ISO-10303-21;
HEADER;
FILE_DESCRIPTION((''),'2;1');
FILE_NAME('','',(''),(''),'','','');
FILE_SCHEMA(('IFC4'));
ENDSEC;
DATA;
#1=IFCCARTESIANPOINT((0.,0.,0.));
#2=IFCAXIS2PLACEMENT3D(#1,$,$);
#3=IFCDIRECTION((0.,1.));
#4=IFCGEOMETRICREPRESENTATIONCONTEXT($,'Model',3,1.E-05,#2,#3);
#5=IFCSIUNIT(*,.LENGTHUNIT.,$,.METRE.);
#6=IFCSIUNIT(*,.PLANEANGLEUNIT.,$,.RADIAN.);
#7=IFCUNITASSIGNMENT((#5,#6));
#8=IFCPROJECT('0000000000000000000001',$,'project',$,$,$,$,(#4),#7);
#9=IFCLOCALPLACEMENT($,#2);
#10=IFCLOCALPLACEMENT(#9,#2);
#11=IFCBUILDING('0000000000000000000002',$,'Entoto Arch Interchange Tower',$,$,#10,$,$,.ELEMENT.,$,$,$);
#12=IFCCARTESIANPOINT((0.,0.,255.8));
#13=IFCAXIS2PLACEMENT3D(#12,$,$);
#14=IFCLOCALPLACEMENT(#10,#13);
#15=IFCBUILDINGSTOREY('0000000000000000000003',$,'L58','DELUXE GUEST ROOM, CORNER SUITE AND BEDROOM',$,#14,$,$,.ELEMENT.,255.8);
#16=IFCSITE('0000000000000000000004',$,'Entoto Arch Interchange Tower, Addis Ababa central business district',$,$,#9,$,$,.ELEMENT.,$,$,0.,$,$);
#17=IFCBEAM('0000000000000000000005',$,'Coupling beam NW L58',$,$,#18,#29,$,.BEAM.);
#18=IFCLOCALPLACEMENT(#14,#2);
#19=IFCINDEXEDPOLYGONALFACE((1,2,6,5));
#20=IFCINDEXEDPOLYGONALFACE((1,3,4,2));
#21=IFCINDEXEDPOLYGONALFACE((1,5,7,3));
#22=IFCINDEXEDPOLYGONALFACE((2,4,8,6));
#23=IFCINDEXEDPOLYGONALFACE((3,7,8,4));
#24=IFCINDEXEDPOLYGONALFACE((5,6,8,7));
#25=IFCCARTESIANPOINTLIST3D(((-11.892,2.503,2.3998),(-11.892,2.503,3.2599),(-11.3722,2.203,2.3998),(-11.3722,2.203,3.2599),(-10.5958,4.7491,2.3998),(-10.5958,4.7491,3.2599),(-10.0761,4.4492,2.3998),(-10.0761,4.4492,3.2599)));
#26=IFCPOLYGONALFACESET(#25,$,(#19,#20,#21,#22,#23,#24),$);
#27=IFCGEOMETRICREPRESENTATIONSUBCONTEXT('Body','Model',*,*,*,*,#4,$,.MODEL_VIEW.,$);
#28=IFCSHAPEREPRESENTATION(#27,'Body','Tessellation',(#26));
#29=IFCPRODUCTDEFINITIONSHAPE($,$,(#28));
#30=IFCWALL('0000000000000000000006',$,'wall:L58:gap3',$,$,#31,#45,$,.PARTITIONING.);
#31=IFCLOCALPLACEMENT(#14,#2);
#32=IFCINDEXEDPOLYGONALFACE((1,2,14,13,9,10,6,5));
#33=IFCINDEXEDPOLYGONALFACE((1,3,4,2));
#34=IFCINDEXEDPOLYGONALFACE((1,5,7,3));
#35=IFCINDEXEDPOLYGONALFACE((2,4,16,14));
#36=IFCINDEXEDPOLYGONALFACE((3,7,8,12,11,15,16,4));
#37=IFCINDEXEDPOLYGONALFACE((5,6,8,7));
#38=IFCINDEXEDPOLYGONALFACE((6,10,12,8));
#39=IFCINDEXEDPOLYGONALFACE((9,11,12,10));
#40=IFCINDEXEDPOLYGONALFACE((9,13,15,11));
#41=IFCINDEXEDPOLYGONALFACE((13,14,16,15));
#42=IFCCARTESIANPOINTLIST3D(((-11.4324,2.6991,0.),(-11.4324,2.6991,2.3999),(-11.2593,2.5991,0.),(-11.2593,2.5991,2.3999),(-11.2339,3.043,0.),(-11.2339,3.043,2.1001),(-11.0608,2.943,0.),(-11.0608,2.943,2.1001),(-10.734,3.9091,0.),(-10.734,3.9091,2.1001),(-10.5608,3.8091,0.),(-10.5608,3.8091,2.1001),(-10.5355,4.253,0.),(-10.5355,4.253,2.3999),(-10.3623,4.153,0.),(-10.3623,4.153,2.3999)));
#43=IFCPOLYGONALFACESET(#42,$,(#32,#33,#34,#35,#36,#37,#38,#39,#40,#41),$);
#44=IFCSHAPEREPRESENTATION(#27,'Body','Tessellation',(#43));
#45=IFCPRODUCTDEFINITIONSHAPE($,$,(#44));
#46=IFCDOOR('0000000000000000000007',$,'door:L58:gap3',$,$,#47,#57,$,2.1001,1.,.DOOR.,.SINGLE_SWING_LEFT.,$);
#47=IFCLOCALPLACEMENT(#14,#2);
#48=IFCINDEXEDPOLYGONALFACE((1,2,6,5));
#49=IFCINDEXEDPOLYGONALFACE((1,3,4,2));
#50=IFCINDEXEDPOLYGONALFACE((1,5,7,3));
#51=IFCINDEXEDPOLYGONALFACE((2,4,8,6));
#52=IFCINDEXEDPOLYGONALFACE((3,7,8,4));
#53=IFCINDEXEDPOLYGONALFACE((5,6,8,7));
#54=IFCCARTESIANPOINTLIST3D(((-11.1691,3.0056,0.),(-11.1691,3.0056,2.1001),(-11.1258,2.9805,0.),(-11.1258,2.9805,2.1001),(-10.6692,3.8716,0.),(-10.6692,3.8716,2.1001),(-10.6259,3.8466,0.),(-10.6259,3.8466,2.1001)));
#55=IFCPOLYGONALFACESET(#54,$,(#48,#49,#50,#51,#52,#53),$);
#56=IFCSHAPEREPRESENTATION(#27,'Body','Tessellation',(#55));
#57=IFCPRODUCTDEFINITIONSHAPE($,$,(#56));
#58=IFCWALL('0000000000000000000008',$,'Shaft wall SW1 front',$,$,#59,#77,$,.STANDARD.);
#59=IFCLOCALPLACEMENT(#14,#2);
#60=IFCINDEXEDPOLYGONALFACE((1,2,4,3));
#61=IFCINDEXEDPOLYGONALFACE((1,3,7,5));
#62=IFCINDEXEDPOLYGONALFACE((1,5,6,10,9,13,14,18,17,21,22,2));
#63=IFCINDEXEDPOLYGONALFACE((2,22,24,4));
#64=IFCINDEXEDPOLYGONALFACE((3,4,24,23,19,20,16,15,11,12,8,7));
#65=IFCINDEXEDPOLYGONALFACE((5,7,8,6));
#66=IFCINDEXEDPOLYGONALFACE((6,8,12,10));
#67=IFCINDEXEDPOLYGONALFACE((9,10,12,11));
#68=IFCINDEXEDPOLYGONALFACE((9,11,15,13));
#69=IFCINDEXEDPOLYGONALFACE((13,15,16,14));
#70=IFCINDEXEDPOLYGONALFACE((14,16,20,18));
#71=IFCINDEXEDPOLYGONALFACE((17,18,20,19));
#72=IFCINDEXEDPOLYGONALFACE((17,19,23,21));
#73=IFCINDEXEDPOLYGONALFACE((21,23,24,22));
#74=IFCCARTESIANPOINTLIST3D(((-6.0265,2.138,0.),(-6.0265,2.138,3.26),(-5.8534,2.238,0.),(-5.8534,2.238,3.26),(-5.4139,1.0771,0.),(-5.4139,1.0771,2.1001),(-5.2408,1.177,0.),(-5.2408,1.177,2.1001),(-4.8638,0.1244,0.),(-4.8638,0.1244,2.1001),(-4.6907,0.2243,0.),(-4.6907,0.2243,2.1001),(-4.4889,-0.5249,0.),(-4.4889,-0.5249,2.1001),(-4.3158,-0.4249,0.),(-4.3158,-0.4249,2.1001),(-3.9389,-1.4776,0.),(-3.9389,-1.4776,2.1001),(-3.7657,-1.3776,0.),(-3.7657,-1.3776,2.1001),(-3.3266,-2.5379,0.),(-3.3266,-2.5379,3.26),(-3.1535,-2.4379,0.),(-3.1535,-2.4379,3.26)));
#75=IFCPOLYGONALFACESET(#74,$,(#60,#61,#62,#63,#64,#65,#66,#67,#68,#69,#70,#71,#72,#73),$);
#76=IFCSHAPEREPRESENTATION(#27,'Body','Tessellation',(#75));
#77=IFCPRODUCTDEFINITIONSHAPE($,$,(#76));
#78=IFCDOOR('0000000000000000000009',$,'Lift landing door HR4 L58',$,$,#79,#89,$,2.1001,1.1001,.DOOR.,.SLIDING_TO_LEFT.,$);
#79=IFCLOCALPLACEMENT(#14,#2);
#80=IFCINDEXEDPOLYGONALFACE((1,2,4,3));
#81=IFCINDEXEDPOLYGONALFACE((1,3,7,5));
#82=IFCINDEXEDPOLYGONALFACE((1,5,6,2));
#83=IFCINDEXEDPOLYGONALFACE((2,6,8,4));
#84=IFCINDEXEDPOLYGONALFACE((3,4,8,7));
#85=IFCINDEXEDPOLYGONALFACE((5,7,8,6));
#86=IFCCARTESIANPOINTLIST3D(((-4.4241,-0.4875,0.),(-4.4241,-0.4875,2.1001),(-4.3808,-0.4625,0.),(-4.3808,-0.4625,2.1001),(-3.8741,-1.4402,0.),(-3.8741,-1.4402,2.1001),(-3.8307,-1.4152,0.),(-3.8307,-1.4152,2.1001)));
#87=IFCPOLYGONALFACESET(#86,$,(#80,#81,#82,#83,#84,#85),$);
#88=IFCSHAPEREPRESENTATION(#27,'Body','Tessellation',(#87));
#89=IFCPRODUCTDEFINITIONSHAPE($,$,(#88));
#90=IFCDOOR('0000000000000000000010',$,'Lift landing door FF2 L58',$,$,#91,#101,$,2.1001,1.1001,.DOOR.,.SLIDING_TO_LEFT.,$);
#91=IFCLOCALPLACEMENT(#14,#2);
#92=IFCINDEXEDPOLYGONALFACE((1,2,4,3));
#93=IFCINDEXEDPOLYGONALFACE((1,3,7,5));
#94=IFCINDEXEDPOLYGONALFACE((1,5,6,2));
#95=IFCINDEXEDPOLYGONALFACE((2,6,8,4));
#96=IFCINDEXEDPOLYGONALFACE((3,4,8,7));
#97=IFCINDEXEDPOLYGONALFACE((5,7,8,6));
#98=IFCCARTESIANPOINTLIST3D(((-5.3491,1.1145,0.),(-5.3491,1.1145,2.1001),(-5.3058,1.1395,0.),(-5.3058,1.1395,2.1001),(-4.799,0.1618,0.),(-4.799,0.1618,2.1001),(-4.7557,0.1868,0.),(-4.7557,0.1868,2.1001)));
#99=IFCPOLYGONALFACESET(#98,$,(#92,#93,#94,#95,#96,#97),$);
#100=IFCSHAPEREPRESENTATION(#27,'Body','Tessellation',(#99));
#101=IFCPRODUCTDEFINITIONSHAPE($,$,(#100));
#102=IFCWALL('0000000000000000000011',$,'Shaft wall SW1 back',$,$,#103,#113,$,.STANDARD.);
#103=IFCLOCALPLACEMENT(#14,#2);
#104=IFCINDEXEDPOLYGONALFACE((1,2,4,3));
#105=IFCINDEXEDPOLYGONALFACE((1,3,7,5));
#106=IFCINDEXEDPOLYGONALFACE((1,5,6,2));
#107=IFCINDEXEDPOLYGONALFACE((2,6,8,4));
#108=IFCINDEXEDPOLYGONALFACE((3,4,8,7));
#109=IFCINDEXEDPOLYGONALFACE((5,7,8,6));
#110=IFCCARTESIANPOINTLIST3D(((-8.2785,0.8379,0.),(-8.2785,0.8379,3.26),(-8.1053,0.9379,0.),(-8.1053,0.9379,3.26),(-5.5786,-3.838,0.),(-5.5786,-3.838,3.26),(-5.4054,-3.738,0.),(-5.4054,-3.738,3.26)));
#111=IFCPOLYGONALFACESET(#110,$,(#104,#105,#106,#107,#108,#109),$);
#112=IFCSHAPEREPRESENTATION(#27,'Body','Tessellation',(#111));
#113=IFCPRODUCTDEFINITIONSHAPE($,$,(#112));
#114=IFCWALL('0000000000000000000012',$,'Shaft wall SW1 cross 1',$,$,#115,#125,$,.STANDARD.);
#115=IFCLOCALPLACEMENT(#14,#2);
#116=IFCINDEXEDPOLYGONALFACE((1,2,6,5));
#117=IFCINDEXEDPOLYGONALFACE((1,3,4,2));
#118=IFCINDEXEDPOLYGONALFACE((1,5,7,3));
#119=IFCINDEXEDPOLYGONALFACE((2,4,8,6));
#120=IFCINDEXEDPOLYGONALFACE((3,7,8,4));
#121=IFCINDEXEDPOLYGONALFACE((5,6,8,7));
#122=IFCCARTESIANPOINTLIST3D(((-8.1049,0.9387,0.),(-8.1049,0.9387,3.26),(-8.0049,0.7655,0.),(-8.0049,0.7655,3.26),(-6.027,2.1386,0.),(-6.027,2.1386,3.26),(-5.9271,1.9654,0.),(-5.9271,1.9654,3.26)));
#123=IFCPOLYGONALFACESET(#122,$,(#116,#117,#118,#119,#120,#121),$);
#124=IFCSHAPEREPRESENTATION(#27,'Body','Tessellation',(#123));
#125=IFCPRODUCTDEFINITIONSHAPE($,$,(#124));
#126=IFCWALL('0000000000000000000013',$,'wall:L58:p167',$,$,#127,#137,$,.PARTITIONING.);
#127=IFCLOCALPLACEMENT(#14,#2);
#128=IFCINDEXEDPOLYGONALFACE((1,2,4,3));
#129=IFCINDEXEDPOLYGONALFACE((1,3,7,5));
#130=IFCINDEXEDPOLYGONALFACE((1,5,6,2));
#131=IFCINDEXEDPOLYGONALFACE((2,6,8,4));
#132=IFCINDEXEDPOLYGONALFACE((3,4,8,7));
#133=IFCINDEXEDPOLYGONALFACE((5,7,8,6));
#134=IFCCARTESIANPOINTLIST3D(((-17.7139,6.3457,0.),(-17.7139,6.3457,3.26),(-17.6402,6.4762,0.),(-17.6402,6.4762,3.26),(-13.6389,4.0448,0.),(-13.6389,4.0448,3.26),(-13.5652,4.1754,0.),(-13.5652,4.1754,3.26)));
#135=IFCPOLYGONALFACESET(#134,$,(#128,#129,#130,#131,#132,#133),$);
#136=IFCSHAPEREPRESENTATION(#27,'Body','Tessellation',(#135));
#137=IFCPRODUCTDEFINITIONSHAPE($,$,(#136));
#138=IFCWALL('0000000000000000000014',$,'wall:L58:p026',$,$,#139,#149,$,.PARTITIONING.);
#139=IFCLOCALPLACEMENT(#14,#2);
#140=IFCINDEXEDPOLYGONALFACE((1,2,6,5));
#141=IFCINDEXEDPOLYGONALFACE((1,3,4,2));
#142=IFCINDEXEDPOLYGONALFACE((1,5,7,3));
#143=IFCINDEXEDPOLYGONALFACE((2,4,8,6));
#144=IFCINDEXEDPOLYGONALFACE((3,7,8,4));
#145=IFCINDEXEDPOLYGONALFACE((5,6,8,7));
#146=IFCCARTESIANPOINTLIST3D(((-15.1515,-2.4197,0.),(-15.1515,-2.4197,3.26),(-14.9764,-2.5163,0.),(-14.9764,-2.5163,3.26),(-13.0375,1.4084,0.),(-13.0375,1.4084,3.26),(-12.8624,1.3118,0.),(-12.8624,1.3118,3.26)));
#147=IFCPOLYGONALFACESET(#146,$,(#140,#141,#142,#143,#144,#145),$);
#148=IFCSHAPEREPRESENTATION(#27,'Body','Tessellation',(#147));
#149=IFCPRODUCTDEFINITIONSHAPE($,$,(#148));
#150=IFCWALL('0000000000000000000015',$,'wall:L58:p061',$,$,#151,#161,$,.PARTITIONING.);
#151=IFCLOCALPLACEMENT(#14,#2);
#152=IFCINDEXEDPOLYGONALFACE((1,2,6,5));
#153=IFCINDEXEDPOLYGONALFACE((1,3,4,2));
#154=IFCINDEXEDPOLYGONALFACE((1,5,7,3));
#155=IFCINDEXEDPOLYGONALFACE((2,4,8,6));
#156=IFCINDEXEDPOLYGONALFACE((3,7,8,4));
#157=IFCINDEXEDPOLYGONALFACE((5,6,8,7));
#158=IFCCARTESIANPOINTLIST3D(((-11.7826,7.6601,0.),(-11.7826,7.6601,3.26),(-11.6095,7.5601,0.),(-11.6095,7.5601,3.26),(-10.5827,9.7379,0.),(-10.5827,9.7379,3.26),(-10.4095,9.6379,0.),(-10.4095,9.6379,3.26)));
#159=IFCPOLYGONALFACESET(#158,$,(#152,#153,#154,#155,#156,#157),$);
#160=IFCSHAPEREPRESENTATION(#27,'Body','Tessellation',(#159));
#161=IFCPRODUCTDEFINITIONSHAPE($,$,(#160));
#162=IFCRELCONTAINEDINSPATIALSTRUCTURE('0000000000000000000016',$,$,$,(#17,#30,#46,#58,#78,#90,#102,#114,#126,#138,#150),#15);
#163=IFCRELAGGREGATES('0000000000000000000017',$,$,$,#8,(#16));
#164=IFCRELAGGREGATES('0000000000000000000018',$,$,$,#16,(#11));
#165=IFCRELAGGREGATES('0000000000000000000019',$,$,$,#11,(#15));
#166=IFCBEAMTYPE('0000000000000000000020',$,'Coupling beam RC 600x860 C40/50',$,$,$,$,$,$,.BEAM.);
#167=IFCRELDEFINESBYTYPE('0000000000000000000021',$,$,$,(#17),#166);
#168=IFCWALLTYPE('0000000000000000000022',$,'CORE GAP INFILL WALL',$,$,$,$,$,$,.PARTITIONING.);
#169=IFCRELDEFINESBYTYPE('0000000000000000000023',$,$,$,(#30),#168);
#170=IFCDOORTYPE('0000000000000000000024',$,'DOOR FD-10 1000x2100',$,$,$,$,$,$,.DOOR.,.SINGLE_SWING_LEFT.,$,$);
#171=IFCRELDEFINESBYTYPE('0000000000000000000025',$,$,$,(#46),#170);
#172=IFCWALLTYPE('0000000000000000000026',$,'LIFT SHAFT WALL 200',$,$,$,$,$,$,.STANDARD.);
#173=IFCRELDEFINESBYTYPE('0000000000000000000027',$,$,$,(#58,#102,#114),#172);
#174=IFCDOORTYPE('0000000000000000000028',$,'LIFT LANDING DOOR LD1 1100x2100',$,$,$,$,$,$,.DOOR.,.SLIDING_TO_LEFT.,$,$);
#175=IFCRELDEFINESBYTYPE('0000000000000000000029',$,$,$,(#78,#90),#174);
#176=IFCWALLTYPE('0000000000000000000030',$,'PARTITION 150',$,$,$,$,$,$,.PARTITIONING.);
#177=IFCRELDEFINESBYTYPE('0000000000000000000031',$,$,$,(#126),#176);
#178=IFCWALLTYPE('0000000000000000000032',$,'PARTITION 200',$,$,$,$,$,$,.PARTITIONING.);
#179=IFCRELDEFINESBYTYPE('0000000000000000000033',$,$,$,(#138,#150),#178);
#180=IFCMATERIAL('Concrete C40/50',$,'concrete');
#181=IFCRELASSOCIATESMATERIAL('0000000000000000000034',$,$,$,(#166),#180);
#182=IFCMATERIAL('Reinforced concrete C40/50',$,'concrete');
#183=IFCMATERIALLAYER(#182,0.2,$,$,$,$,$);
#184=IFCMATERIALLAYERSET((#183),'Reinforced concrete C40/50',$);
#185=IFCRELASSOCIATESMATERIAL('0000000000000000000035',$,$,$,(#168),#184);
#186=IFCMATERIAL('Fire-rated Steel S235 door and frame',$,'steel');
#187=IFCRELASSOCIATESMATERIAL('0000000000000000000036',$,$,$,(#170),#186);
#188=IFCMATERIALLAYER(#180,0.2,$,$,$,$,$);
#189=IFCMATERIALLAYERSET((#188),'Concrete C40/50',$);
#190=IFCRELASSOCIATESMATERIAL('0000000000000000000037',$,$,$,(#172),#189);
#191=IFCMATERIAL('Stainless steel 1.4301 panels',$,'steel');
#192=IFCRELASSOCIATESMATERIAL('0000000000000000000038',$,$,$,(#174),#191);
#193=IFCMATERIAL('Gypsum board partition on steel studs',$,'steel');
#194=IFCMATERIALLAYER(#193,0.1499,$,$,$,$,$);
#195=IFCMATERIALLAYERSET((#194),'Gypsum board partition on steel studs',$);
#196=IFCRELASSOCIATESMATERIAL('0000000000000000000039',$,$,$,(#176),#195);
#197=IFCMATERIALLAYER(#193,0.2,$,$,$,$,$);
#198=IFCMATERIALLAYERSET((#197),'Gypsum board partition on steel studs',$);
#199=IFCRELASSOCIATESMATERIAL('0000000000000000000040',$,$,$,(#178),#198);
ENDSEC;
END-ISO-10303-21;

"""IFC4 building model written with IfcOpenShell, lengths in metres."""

from ifc_helpers import new_model, si_unit, direction, frame, frame_2d, origin, origin_2d, place, context, subcontext, project, spatial, rectangle, extrude, material, layer, layer_set, material_profile, profile_set, type_object, element, fill, save


model = new_model("IFC4")

# Units and contexts
model_context = context("Model", 3, precision=1e-05, world=origin(), true_north=direction((0.0, 1.0)))
body_context = subcontext(model_context, "Body", "Model", "MODEL_VIEW")
ifc_project = project(units=[si_unit("LENGTHUNIT", "METRE"), si_unit("PLANEANGLEUNIT", "RADIAN")], contexts=[model_context])

# Site, building, storey
site_placement = place(None, origin())
site = spatial("IfcSite", under=ifc_project, at=site_placement, Name="Entoto Arch Interchange Tower, Addis Ababa central business district", CompositionType="ELEMENT", RefElevation=0.0)
building_placement = place(site_placement, origin())
building = spatial("IfcBuilding", under=site, at=building_placement, Name="Entoto Arch Interchange Tower", CompositionType="ELEMENT")
storey_placement = place(building_placement, frame((0.0, 0.0, 255.8)))
storey = spatial("IfcBuildingStorey", under=building, at=storey_placement, Name="L58", Description="DELUXE GUEST ROOM, CORNER SUITE AND BEDROOM", CompositionType="ELEMENT", Elevation=255.8)

# Beam
ifc_material_1 = material(Name="Concrete C40/50", Category="concrete")
ifc_material_profile = material_profile(ifc_material_1, rectangle(XDim=0.6001, YDim=0.8601, at=origin_2d()))
ifc_profile_set = profile_set([ifc_material_profile], Name="Concrete C40/50")
beam_type = type_object("IfcBeamType", Name="Coupling beam RC 600x860 C40/50", PredefinedType="BEAM", material=ifc_profile_set)
beam_placement = place(storey_placement, frame((-10.3359, 4.5991, 2.8298), z_axis=(-0.499815, -0.866132, 0.0), x_axis=(0.866132, -0.499815, 0.0)))
element("IfcBeam", 1, at=beam_placement, inside=storey, type_object=beam_type, Name="Coupling beam NW L58", PredefinedType="BEAM", context=body_context, shape_type="SweptSolid", body=[
    extrude(rectangle(XDim=0.6001, YDim=0.8601, at=origin_2d()), origin(), (0.0, 0.0, 1.0), 2.5933),
])

# Wall, opening, door
ifc_material_2 = material(Name="Reinforced concrete C40/50", Category="concrete")
ifc_layer_1 = layer(ifc_material_2, 0.2)
ifc_layer_set_1 = layer_set([ifc_layer_1], Name="Reinforced concrete C40/50")
wall_type_1 = type_object("IfcWallType", Name="CORE GAP INFILL WALL", PredefinedType="PARTITIONING", material=ifc_layer_set_1)
wall_1_placement = place(storey_placement, frame((-10.449, 4.2029, 0.0), z_axis=(0.0, 0.0, 1.0), x_axis=(-0.499915, -0.866075, 0.0)))
wall_1 = element("IfcWall", 2, at=wall_1_placement, inside=storey, type_object=wall_type_1, Name="wall:L58:gap3", PredefinedType="PARTITIONING", context=body_context, shape_type="SweptSolid", body=[
    extrude(rectangle(XDim=1.7942, YDim=0.2, at=frame_2d((0.897, 0.0))), origin(), (0.0, 0.0, 1.0), 2.3999),
])
opening_1_placement = place(wall_1_placement, frame((0.397, 0.0, 0.0)))
opening_1 = element("IfcOpeningElement", 3, at=opening_1_placement, cuts=wall_1, PredefinedType="OPENING", context=body_context, shape_type="SweptSolid", body=[
    extrude(rectangle(XDim=1.0, YDim=2.1001, at=frame_2d((0.5, 1.05))), frame((0.0, 0.1099, 0.0), z_axis=(0.0, -1.0, 0.0), x_axis=(1.0, 0.0, 0.0)), (0.0, 0.0, 1.0), 0.22),
])
ifc_material_3 = material(Name="Fire-rated Steel S235 door and frame", Category="steel")
door_type_1 = type_object("IfcDoorType", Name="DOOR FD-10 1000x2100", OperationType="SINGLE_SWING_LEFT", PredefinedType="DOOR", material=ifc_material_3)
door_1_placement = place(opening_1_placement, origin())
door_1 = element("IfcDoor", 4, at=door_1_placement, inside=storey, type_object=door_type_1, Name="door:L58:gap3", OperationType="SINGLE_SWING_LEFT", OverallHeight=2.1001, OverallWidth=1.0, PredefinedType="DOOR", context=body_context, shape_type="SweptSolid", body=[
    extrude(rectangle(XDim=1.0, YDim=2.1001, at=frame_2d((0.5, 1.05))), frame((0.0, 0.0249, 0.0), z_axis=(0.0, -1.0, 0.0), x_axis=(1.0, 0.0, 0.0)), (0.0, 0.0, 1.0), 0.05),
])
fill(opening_1, door_1)

# Wall, openings, doors
ifc_layer_2 = layer(ifc_material_1, 0.2)
ifc_layer_set_2 = layer_set([ifc_layer_2], Name="Concrete C40/50")
wall_type_2 = type_object("IfcWallType", Name="LIFT SHAFT WALL 200", PredefinedType="STANDARD", material=ifc_layer_set_2)
wall_2_placement = place(storey_placement, frame((-5.9399, 2.188, 0.0), z_axis=(0.0, 0.0, 1.0), x_axis=(0.500034, -0.866006, 0.0)))
wall_2 = element("IfcWall", 5, at=wall_2_placement, inside=storey, type_object=wall_type_2, Name="Shaft wall SW1 front", PredefinedType="STANDARD", context=body_context, shape_type="SweptSolid", body=[
    extrude(rectangle(XDim=5.3994, YDim=0.2, at=frame_2d((2.6997, 0.0))), origin(), (0.0, 0.0, 1.0), 3.26),
])
opening_2_placement = place(wall_2_placement, frame((3.075, 0.0, 0.0)))
opening_2 = element("IfcOpeningElement", 6, at=opening_2_placement, cuts=wall_2, PredefinedType="OPENING", context=body_context, shape_type="SweptSolid", body=[
    extrude(rectangle(XDim=1.1001, YDim=2.1001, at=frame_2d((0.55, 1.05))), frame((0.0, 0.1099, 0.0), z_axis=(0.0, -1.0, 0.0), x_axis=(1.0, 0.0, 0.0)), (0.0, 0.0, 1.0), 0.22),
])
opening_3_placement = place(wall_2_placement, frame((1.2251, 0.0, 0.0)))
opening_3 = element("IfcOpeningElement", 7, at=opening_3_placement, cuts=wall_2, PredefinedType="OPENING", context=body_context, shape_type="SweptSolid", body=[
    extrude(rectangle(XDim=1.1001, YDim=2.1001, at=frame_2d((0.55, 1.05))), frame((0.0, 0.1099, 0.0), z_axis=(0.0, -1.0, 0.0), x_axis=(1.0, 0.0, 0.0)), (0.0, 0.0, 1.0), 0.22),
])
ifc_material_4 = material(Name="Stainless steel 1.4301 panels", Category="steel")
door_type_2 = type_object("IfcDoorType", Name="LIFT LANDING DOOR LD1 1100x2100", OperationType="SLIDING_TO_LEFT", PredefinedType="DOOR", material=ifc_material_4)
door_2_placement = place(opening_2_placement, origin())
door_2 = element("IfcDoor", 8, at=door_2_placement, inside=storey, type_object=door_type_2, Name="Lift landing door HR4 L58", OperationType="SLIDING_TO_LEFT", OverallHeight=2.1001, OverallWidth=1.1001, PredefinedType="DOOR", context=body_context, shape_type="SweptSolid", body=[
    extrude(rectangle(XDim=1.1001, YDim=2.1001, at=frame_2d((0.55, 1.05))), frame((0.0, 0.0249, 0.0), z_axis=(0.0, -1.0, 0.0), x_axis=(1.0, 0.0, 0.0)), (0.0, 0.0, 1.0), 0.05),
])
fill(opening_2, door_2)
door_3_placement = place(opening_3_placement, origin())
door_3 = element("IfcDoor", 9, at=door_3_placement, inside=storey, type_object=door_type_2, Name="Lift landing door FF2 L58", OperationType="SLIDING_TO_LEFT", OverallHeight=2.1001, OverallWidth=1.1001, PredefinedType="DOOR", context=body_context, shape_type="SweptSolid", body=[
    extrude(rectangle(XDim=1.1001, YDim=2.1001, at=frame_2d((0.55, 1.05))), frame((0.0, 0.0249, 0.0), z_axis=(0.0, -1.0, 0.0), x_axis=(1.0, 0.0, 0.0)), (0.0, 0.0, 1.0), 0.05),
])
fill(opening_3, door_3)

# Walls
wall_3_placement = place(storey_placement, frame((-8.1919, 0.8879, 0.0), z_axis=(0.0, 0.0, 1.0), x_axis=(0.500034, -0.866006, 0.0)))
element("IfcWall", 10, at=wall_3_placement, inside=storey, type_object=wall_type_2, Name="Shaft wall SW1 back", PredefinedType="STANDARD", context=body_context, shape_type="SweptSolid", body=[
    extrude(rectangle(XDim=5.3994, YDim=0.2, at=frame_2d((2.6997, 0.0))), origin(), (0.0, 0.0, 1.0), 3.26),
])
wall_4_placement = place(storey_placement, frame((-5.9771, 2.052, 0.0), z_axis=(0.0, 0.0, 1.0), x_axis=(-0.865974, -0.500089, 0.0)))
element("IfcWall", 11, at=wall_4_placement, inside=storey, type_object=wall_type_2, Name="Shaft wall SW1 cross 1", PredefinedType="STANDARD", context=body_context, shape_type="SweptSolid", body=[
    extrude(rectangle(XDim=2.3994, YDim=0.2, at=frame_2d((1.1997, 0.0))), origin(), (0.0, 0.0, 1.0), 3.26),
])
ifc_material_5 = material(Name="Gypsum board partition on steel studs", Category="steel")
ifc_layer_3 = layer(ifc_material_5, 0.1499)
ifc_layer_set_3 = layer_set([ifc_layer_3], Name="Gypsum board partition on steel studs")
wall_type_3 = type_object("IfcWallType", Name="PARTITION 150", PredefinedType="PARTITIONING", material=ifc_layer_set_3)
wall_5_placement = place(storey_placement, frame((-13.6021, 4.1101, 0.0), z_axis=(0.0, 0.0, 1.0), x_axis=(-0.870787, 0.49166, 0.0)))
element("IfcWall", 12, at=wall_5_placement, inside=storey, type_object=wall_type_3, Name="wall:L58:p167", PredefinedType="PARTITIONING", context=body_context, shape_type="SweptSolid", body=[
    extrude(rectangle(XDim=4.6797, YDim=0.1499, at=frame_2d((2.3398, 0.0))), origin(), (0.0, 0.0, 1.0), 3.26),
])
ifc_layer_4 = layer(ifc_material_5, 0.2)
ifc_layer_set_4 = layer_set([ifc_layer_4], Name="Gypsum board partition on steel studs")
wall_type_4 = type_object("IfcWallType", Name="PARTITION 200", PredefinedType="PARTITIONING", material=ifc_layer_set_4)
wall_6_placement = place(storey_placement, frame((-12.95, 1.3601, 0.0), z_axis=(0.0, 0.0, 1.0), x_axis=(-0.483418, -0.87539, 0.0)))
element("IfcWall", 13, at=wall_6_placement, inside=storey, type_object=wall_type_4, Name="wall:L58:p026", PredefinedType="PARTITIONING", context=body_context, shape_type="SweptSolid", body=[
    extrude(rectangle(XDim=4.373, YDim=0.2, at=frame_2d((2.1865, 0.0))), origin(), (0.0, 0.0, 1.0), 3.26),
])
wall_7_placement = place(storey_placement, frame((-11.696, 7.6101, 0.0), z_axis=(0.0, 0.0, 1.0), x_axis=(0.500089, 0.865974, 0.0)))
element("IfcWall", 14, at=wall_7_placement, inside=storey, type_object=wall_type_4, Name="wall:L58:p061", PredefinedType="PARTITIONING", context=body_context, shape_type="SweptSolid", body=[
    extrude(rectangle(XDim=2.3994, YDim=0.2, at=frame_2d((1.1997, 0.0))), origin(), (0.0, 0.0, 1.0), 3.26),
])

save(model, "model.ifc")
